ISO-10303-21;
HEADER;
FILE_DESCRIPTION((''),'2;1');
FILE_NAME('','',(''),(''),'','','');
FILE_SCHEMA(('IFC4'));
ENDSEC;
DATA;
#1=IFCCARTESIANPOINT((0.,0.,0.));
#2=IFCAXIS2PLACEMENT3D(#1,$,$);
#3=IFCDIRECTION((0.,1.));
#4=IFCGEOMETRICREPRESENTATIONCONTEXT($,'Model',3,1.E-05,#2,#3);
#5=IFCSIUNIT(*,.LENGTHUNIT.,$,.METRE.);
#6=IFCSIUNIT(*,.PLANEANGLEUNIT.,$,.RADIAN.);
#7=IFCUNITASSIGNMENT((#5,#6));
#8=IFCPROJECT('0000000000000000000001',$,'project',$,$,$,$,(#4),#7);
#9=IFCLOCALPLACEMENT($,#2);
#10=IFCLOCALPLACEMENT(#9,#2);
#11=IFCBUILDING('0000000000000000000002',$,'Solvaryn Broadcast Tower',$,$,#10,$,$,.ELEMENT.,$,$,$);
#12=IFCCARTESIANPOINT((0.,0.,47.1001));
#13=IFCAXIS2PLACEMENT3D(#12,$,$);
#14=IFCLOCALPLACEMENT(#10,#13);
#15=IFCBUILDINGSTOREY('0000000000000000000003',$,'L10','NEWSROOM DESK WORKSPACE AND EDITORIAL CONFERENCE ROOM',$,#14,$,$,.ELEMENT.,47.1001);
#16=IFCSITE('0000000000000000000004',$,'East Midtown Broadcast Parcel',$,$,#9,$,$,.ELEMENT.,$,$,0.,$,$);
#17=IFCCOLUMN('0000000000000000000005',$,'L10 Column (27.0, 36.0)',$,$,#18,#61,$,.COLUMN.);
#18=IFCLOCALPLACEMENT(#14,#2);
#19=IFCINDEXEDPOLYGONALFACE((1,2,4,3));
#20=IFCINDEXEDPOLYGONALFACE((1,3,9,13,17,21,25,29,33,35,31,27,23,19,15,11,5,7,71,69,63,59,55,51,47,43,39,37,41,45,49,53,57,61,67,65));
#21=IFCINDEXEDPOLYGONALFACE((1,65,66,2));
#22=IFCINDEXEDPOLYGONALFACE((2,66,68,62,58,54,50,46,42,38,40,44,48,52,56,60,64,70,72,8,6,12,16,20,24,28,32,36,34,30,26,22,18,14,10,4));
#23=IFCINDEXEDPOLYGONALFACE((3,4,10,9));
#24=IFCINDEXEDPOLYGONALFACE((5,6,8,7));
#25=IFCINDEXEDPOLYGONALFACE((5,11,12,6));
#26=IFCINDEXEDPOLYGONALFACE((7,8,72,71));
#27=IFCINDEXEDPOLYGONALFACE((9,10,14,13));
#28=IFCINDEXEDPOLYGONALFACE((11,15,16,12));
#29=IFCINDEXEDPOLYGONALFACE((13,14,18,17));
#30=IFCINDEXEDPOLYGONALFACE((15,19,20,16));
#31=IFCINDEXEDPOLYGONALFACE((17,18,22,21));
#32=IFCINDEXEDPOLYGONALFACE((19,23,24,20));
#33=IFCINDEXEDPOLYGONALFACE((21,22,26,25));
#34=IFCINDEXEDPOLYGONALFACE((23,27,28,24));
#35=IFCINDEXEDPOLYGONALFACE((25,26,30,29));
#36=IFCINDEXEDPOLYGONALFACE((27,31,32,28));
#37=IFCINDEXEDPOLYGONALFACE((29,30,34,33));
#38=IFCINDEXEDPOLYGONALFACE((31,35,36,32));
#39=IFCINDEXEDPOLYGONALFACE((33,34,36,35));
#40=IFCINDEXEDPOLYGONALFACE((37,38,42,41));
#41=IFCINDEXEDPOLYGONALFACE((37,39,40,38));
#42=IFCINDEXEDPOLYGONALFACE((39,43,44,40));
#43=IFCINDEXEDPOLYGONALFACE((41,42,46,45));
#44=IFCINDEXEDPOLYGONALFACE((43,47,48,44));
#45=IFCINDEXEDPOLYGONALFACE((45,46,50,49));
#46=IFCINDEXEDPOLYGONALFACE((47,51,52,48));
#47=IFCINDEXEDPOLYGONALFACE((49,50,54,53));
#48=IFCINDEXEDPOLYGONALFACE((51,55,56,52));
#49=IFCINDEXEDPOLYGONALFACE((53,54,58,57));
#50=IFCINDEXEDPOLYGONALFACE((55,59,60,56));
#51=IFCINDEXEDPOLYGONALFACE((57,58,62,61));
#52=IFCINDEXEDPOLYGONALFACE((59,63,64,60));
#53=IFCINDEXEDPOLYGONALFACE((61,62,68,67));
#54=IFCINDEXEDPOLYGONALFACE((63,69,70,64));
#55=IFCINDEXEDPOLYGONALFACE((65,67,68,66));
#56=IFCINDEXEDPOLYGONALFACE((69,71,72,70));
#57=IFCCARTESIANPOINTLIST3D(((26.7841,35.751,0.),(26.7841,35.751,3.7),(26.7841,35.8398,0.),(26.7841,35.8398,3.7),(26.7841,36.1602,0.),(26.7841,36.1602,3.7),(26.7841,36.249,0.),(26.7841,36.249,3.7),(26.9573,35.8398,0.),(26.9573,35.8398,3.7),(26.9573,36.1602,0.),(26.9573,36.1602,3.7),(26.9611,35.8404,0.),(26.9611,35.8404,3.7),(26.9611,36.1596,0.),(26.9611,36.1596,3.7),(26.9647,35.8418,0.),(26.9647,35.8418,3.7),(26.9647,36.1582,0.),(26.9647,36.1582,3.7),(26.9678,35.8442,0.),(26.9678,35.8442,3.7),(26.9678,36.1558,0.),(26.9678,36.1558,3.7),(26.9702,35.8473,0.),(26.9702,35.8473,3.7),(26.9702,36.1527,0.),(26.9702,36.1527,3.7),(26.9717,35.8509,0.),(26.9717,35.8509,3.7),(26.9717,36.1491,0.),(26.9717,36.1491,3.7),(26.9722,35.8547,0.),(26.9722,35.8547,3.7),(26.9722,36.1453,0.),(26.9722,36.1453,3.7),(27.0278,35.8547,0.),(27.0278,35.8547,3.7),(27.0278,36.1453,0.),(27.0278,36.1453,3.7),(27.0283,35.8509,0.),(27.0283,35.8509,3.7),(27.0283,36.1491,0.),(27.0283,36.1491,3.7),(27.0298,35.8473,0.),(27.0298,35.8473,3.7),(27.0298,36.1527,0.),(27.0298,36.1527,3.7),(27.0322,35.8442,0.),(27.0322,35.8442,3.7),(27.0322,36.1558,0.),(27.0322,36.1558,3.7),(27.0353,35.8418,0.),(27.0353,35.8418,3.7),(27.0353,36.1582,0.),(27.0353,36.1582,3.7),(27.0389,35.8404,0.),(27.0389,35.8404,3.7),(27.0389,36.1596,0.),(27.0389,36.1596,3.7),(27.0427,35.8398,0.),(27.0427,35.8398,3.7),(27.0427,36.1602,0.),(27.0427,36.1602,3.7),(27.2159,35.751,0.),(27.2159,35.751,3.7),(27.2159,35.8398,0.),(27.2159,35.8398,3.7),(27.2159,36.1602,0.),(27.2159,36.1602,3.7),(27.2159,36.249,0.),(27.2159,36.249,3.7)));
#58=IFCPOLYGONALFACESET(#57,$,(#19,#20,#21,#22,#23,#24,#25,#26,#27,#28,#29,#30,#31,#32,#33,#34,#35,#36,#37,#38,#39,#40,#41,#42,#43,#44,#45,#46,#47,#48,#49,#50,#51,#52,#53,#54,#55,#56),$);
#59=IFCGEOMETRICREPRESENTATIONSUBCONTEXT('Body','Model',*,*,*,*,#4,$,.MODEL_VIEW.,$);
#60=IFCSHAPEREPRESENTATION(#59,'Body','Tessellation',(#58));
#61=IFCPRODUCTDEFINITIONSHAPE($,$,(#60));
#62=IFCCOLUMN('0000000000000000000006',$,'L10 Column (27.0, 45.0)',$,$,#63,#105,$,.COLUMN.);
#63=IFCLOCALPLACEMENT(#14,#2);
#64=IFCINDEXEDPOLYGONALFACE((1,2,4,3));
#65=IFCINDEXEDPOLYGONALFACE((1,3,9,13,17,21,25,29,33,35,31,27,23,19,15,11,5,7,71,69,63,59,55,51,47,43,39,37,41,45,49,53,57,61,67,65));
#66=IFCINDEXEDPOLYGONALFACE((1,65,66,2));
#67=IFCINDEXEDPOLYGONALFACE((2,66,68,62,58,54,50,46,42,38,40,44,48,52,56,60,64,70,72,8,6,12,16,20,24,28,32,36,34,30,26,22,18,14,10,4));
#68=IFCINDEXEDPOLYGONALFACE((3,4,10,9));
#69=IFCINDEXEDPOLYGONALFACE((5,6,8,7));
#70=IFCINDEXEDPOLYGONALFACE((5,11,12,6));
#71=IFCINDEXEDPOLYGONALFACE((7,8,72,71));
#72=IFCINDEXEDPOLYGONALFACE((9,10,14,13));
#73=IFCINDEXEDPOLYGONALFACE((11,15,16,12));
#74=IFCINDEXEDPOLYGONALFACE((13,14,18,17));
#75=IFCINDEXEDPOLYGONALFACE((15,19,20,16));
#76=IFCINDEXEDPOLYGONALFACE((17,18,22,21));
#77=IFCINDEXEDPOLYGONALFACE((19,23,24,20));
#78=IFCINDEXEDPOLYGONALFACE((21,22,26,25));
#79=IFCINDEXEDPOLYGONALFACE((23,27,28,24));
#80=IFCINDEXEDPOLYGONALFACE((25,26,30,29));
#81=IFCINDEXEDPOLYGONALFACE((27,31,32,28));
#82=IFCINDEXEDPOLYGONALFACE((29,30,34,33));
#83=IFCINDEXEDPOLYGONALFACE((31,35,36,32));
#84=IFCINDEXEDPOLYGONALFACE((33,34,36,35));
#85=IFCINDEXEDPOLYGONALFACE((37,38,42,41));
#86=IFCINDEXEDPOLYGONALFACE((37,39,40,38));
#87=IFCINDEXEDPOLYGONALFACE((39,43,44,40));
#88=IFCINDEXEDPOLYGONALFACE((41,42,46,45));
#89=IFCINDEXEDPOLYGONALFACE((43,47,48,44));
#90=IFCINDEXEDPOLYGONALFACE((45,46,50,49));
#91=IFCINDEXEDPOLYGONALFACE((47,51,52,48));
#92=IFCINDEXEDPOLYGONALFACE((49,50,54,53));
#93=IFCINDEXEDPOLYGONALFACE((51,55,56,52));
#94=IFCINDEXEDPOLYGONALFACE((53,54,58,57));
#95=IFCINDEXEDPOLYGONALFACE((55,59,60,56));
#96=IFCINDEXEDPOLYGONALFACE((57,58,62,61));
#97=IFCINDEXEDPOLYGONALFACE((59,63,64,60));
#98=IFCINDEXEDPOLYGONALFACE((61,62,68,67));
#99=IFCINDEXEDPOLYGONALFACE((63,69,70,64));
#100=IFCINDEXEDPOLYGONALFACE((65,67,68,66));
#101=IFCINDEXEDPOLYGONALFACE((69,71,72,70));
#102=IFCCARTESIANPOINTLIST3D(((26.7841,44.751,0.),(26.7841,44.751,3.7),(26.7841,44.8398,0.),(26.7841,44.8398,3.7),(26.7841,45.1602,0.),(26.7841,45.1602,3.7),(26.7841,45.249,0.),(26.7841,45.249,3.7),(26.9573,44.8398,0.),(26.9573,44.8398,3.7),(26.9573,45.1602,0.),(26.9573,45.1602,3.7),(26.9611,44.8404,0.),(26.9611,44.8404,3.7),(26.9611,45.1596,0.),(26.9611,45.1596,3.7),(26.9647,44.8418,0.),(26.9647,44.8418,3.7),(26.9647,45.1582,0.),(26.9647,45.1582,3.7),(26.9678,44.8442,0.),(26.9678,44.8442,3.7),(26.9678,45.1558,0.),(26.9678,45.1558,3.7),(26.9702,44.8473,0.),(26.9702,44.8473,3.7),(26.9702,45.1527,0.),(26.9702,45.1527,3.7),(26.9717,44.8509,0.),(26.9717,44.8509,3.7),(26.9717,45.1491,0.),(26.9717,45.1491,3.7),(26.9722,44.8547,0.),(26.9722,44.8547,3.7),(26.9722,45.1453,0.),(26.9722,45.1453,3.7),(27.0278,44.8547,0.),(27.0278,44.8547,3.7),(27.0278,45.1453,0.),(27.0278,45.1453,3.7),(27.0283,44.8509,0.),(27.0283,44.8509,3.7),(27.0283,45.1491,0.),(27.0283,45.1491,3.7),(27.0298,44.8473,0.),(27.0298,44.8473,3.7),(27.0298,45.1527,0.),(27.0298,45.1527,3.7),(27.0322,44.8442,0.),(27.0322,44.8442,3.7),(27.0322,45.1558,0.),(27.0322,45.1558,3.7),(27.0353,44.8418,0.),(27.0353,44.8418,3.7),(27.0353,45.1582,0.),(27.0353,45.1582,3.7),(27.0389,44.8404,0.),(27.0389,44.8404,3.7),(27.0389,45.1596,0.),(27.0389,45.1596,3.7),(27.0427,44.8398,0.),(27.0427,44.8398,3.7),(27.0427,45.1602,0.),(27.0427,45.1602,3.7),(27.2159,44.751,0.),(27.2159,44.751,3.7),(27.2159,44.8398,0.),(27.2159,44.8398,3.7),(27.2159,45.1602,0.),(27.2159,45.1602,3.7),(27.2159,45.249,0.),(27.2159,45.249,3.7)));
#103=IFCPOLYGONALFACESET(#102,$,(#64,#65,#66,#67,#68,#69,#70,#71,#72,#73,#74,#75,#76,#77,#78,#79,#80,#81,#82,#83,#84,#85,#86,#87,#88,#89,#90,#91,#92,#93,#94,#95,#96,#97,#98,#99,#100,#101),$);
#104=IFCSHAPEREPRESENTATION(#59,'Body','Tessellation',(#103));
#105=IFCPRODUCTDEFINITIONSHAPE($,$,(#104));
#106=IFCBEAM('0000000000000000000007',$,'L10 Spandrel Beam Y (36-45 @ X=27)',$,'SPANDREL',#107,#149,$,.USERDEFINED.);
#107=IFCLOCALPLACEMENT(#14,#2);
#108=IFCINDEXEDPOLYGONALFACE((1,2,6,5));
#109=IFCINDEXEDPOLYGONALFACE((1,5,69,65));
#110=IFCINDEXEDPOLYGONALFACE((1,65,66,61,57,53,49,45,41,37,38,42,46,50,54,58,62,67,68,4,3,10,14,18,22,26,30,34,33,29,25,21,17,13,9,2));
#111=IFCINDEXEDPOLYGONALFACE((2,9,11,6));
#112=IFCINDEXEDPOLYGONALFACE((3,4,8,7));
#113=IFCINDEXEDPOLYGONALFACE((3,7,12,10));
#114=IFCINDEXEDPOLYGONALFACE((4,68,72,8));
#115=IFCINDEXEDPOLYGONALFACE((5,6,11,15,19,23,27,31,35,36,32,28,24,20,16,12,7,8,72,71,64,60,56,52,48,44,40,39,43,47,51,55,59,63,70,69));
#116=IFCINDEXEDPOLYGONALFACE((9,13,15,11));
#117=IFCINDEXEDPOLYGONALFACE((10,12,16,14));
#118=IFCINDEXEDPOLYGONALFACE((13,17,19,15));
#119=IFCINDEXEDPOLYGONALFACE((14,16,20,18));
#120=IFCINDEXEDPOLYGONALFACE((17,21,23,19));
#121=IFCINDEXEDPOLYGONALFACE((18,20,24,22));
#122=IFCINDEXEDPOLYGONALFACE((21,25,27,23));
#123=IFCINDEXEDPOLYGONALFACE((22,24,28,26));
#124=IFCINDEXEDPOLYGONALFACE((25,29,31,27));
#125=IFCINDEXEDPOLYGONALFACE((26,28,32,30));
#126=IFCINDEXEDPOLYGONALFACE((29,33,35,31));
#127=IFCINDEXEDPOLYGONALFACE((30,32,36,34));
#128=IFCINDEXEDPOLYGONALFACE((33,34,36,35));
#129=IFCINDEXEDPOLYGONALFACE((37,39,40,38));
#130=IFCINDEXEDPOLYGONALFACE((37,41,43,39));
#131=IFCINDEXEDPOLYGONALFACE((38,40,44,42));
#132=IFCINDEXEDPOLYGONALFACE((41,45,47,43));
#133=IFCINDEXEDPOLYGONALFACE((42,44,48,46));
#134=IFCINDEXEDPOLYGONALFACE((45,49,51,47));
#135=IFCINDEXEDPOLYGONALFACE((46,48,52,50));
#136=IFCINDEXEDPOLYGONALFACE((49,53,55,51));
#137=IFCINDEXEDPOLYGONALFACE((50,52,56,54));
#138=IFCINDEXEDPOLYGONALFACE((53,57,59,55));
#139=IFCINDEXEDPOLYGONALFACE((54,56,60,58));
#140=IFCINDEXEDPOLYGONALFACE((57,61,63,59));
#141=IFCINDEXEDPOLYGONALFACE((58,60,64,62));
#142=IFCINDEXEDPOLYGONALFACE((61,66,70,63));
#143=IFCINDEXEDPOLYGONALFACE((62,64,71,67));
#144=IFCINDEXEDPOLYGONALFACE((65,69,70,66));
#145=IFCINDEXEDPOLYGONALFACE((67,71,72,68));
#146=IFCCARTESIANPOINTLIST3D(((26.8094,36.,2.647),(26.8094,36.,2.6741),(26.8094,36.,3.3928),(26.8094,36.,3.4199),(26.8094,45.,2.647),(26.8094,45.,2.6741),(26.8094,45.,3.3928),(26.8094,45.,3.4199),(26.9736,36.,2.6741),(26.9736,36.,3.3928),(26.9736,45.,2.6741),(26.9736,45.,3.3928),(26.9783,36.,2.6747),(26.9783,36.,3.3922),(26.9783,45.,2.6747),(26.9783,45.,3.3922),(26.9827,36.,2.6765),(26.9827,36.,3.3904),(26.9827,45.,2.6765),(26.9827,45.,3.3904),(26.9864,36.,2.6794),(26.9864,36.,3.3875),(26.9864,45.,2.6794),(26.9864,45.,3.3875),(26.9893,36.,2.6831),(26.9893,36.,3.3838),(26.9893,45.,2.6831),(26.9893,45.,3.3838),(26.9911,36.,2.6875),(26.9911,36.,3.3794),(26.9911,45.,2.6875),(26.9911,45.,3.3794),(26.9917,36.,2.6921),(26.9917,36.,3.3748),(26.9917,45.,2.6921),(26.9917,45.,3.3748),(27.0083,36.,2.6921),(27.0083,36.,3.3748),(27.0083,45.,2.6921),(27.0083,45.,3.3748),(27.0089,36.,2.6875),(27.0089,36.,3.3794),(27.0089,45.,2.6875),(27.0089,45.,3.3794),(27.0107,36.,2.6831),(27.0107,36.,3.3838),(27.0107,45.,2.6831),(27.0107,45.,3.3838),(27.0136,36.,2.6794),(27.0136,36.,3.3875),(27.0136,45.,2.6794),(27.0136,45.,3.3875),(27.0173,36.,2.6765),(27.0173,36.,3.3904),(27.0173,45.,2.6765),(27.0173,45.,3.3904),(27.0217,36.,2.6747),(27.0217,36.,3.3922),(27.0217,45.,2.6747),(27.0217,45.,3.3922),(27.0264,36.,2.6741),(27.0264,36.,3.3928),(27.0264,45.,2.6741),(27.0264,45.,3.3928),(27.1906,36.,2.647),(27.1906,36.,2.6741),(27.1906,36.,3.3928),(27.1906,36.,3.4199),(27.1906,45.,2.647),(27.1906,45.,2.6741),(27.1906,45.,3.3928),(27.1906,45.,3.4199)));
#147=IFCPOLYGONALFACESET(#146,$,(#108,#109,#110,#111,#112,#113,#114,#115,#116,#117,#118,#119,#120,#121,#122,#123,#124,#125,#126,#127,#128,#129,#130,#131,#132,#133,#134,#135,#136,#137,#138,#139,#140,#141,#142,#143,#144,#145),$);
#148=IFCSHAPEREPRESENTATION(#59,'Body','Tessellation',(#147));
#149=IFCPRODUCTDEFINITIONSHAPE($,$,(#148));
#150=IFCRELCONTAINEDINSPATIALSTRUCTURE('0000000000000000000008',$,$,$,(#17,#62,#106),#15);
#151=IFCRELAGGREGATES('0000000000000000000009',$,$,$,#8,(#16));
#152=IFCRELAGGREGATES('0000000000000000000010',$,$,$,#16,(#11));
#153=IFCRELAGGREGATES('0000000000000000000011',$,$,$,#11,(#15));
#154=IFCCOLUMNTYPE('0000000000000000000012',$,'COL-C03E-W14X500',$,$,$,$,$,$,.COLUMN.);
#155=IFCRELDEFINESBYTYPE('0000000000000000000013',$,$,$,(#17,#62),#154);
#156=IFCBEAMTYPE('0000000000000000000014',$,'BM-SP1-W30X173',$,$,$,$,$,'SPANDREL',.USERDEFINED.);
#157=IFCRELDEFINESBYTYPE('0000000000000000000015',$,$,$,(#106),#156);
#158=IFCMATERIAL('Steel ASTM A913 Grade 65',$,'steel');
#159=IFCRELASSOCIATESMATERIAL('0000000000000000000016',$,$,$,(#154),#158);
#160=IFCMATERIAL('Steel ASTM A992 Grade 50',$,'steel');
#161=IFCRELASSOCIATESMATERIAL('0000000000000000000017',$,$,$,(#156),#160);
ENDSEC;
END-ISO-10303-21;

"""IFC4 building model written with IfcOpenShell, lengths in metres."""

from ifc_helpers import new_model, si_unit, direction, frame, origin, origin_2d, place, context, subcontext, project, spatial, i_section, extrude, material, material_profile, profile_set, type_object, element, save


model = new_model("IFC4")

# Units and contexts
model_context = context("Model", 3, precision=1e-05, world=origin(), true_north=direction((0.0, 1.0)))
body_context = subcontext(model_context, "Body", "Model", "MODEL_VIEW")
ifc_project = project(units=[si_unit("LENGTHUNIT", "METRE"), si_unit("PLANEANGLEUNIT", "RADIAN")], contexts=[model_context])

# Site, building, storey
site_placement = place(None, origin())
site = spatial("IfcSite", under=ifc_project, at=site_placement, Name="East Midtown Broadcast Parcel", CompositionType="ELEMENT", RefElevation=0.0)
building_placement = place(site_placement, origin())
building = spatial("IfcBuilding", under=site, at=building_placement, Name="Solvaryn Broadcast Tower", CompositionType="ELEMENT")
storey_placement = place(building_placement, frame((0.0, 0.0, 47.1001)))
storey = spatial("IfcBuildingStorey", under=building, at=storey_placement, Name="L10", Description="NEWSROOM DESK WORKSPACE AND EDITORIAL CONFERENCE ROOM", CompositionType="ELEMENT", Elevation=47.1001)

# Columns
ifc_material_1 = material(Name="Steel ASTM A913 Grade 65", Category="steel")
ifc_material_profile_1 = material_profile(ifc_material_1, i_section(OverallWidth=0.4319, OverallDepth=0.498, WebThickness=0.0557, FlangeThickness=0.0889, FilletRadius=0.0149, at=origin_2d()))
ifc_profile_set_1 = profile_set([ifc_material_profile_1], Name="Steel ASTM A913 Grade 65")
column_type = type_object("IfcColumnType", Name="COL-C03E-W14X500", PredefinedType="COLUMN", material=ifc_profile_set_1)
for number, where, z_axis, x_axis, name in (
    (1, (27.0, 36.0, 0.0), (0.0, 0.0, 1.0), (1.0, 0.0, 0.0), "L10 Column (27.0, 36.0)"),
    (2, (27.0, 45.0, 0.0), (0.0, 0.0, 1.0), (1.0, 0.0, 0.0), "L10 Column (27.0, 45.0)"),
):
    element("IfcColumn", number, at=place(storey_placement, frame(where, z_axis=z_axis, x_axis=x_axis)), inside=storey, type_object=column_type, Name=name, PredefinedType="COLUMN", context=body_context, shape_type="SweptSolid", body=[
        extrude(i_section(OverallWidth=0.4319, OverallDepth=0.498, WebThickness=0.0557, FlangeThickness=0.0889, FilletRadius=0.0149, at=origin_2d()), origin(), (0.0, 0.0, 1.0), 3.7),
    ])

# Beam
ifc_material_2 = material(Name="Steel ASTM A992 Grade 50", Category="steel")
ifc_material_profile_2 = material_profile(ifc_material_2, i_section(OverallWidth=0.3811, OverallDepth=0.7729, WebThickness=0.0166, FlangeThickness=0.0271, FilletRadius=0.0181, at=origin_2d()))
ifc_profile_set_2 = profile_set([ifc_material_profile_2], Name="Steel ASTM A992 Grade 50")
beam_type = type_object("IfcBeamType", Name="BM-SP1-W30X173", ElementType="SPANDREL", PredefinedType="USERDEFINED", material=ifc_profile_set_2)
beam_placement = place(storey_placement, frame((27.0, 36.0, 3.0334), z_axis=(0.0, 1.0, 0.0), x_axis=(-1.0, 0.0, 0.0)))
element("IfcBeam", 3, at=beam_placement, inside=storey, type_object=beam_type, Name="L10 Spandrel Beam Y (36-45 @ X=27)", ObjectType="SPANDREL", PredefinedType="USERDEFINED", context=body_context, shape_type="SweptSolid", body=[
    extrude(i_section(OverallWidth=0.3811, OverallDepth=0.7729, WebThickness=0.0166, FlangeThickness=0.0271, FilletRadius=0.0181, at=origin_2d()), origin(), (0.0, 0.0, 1.0), 9.0),
])

save(model, "model.ifc")
